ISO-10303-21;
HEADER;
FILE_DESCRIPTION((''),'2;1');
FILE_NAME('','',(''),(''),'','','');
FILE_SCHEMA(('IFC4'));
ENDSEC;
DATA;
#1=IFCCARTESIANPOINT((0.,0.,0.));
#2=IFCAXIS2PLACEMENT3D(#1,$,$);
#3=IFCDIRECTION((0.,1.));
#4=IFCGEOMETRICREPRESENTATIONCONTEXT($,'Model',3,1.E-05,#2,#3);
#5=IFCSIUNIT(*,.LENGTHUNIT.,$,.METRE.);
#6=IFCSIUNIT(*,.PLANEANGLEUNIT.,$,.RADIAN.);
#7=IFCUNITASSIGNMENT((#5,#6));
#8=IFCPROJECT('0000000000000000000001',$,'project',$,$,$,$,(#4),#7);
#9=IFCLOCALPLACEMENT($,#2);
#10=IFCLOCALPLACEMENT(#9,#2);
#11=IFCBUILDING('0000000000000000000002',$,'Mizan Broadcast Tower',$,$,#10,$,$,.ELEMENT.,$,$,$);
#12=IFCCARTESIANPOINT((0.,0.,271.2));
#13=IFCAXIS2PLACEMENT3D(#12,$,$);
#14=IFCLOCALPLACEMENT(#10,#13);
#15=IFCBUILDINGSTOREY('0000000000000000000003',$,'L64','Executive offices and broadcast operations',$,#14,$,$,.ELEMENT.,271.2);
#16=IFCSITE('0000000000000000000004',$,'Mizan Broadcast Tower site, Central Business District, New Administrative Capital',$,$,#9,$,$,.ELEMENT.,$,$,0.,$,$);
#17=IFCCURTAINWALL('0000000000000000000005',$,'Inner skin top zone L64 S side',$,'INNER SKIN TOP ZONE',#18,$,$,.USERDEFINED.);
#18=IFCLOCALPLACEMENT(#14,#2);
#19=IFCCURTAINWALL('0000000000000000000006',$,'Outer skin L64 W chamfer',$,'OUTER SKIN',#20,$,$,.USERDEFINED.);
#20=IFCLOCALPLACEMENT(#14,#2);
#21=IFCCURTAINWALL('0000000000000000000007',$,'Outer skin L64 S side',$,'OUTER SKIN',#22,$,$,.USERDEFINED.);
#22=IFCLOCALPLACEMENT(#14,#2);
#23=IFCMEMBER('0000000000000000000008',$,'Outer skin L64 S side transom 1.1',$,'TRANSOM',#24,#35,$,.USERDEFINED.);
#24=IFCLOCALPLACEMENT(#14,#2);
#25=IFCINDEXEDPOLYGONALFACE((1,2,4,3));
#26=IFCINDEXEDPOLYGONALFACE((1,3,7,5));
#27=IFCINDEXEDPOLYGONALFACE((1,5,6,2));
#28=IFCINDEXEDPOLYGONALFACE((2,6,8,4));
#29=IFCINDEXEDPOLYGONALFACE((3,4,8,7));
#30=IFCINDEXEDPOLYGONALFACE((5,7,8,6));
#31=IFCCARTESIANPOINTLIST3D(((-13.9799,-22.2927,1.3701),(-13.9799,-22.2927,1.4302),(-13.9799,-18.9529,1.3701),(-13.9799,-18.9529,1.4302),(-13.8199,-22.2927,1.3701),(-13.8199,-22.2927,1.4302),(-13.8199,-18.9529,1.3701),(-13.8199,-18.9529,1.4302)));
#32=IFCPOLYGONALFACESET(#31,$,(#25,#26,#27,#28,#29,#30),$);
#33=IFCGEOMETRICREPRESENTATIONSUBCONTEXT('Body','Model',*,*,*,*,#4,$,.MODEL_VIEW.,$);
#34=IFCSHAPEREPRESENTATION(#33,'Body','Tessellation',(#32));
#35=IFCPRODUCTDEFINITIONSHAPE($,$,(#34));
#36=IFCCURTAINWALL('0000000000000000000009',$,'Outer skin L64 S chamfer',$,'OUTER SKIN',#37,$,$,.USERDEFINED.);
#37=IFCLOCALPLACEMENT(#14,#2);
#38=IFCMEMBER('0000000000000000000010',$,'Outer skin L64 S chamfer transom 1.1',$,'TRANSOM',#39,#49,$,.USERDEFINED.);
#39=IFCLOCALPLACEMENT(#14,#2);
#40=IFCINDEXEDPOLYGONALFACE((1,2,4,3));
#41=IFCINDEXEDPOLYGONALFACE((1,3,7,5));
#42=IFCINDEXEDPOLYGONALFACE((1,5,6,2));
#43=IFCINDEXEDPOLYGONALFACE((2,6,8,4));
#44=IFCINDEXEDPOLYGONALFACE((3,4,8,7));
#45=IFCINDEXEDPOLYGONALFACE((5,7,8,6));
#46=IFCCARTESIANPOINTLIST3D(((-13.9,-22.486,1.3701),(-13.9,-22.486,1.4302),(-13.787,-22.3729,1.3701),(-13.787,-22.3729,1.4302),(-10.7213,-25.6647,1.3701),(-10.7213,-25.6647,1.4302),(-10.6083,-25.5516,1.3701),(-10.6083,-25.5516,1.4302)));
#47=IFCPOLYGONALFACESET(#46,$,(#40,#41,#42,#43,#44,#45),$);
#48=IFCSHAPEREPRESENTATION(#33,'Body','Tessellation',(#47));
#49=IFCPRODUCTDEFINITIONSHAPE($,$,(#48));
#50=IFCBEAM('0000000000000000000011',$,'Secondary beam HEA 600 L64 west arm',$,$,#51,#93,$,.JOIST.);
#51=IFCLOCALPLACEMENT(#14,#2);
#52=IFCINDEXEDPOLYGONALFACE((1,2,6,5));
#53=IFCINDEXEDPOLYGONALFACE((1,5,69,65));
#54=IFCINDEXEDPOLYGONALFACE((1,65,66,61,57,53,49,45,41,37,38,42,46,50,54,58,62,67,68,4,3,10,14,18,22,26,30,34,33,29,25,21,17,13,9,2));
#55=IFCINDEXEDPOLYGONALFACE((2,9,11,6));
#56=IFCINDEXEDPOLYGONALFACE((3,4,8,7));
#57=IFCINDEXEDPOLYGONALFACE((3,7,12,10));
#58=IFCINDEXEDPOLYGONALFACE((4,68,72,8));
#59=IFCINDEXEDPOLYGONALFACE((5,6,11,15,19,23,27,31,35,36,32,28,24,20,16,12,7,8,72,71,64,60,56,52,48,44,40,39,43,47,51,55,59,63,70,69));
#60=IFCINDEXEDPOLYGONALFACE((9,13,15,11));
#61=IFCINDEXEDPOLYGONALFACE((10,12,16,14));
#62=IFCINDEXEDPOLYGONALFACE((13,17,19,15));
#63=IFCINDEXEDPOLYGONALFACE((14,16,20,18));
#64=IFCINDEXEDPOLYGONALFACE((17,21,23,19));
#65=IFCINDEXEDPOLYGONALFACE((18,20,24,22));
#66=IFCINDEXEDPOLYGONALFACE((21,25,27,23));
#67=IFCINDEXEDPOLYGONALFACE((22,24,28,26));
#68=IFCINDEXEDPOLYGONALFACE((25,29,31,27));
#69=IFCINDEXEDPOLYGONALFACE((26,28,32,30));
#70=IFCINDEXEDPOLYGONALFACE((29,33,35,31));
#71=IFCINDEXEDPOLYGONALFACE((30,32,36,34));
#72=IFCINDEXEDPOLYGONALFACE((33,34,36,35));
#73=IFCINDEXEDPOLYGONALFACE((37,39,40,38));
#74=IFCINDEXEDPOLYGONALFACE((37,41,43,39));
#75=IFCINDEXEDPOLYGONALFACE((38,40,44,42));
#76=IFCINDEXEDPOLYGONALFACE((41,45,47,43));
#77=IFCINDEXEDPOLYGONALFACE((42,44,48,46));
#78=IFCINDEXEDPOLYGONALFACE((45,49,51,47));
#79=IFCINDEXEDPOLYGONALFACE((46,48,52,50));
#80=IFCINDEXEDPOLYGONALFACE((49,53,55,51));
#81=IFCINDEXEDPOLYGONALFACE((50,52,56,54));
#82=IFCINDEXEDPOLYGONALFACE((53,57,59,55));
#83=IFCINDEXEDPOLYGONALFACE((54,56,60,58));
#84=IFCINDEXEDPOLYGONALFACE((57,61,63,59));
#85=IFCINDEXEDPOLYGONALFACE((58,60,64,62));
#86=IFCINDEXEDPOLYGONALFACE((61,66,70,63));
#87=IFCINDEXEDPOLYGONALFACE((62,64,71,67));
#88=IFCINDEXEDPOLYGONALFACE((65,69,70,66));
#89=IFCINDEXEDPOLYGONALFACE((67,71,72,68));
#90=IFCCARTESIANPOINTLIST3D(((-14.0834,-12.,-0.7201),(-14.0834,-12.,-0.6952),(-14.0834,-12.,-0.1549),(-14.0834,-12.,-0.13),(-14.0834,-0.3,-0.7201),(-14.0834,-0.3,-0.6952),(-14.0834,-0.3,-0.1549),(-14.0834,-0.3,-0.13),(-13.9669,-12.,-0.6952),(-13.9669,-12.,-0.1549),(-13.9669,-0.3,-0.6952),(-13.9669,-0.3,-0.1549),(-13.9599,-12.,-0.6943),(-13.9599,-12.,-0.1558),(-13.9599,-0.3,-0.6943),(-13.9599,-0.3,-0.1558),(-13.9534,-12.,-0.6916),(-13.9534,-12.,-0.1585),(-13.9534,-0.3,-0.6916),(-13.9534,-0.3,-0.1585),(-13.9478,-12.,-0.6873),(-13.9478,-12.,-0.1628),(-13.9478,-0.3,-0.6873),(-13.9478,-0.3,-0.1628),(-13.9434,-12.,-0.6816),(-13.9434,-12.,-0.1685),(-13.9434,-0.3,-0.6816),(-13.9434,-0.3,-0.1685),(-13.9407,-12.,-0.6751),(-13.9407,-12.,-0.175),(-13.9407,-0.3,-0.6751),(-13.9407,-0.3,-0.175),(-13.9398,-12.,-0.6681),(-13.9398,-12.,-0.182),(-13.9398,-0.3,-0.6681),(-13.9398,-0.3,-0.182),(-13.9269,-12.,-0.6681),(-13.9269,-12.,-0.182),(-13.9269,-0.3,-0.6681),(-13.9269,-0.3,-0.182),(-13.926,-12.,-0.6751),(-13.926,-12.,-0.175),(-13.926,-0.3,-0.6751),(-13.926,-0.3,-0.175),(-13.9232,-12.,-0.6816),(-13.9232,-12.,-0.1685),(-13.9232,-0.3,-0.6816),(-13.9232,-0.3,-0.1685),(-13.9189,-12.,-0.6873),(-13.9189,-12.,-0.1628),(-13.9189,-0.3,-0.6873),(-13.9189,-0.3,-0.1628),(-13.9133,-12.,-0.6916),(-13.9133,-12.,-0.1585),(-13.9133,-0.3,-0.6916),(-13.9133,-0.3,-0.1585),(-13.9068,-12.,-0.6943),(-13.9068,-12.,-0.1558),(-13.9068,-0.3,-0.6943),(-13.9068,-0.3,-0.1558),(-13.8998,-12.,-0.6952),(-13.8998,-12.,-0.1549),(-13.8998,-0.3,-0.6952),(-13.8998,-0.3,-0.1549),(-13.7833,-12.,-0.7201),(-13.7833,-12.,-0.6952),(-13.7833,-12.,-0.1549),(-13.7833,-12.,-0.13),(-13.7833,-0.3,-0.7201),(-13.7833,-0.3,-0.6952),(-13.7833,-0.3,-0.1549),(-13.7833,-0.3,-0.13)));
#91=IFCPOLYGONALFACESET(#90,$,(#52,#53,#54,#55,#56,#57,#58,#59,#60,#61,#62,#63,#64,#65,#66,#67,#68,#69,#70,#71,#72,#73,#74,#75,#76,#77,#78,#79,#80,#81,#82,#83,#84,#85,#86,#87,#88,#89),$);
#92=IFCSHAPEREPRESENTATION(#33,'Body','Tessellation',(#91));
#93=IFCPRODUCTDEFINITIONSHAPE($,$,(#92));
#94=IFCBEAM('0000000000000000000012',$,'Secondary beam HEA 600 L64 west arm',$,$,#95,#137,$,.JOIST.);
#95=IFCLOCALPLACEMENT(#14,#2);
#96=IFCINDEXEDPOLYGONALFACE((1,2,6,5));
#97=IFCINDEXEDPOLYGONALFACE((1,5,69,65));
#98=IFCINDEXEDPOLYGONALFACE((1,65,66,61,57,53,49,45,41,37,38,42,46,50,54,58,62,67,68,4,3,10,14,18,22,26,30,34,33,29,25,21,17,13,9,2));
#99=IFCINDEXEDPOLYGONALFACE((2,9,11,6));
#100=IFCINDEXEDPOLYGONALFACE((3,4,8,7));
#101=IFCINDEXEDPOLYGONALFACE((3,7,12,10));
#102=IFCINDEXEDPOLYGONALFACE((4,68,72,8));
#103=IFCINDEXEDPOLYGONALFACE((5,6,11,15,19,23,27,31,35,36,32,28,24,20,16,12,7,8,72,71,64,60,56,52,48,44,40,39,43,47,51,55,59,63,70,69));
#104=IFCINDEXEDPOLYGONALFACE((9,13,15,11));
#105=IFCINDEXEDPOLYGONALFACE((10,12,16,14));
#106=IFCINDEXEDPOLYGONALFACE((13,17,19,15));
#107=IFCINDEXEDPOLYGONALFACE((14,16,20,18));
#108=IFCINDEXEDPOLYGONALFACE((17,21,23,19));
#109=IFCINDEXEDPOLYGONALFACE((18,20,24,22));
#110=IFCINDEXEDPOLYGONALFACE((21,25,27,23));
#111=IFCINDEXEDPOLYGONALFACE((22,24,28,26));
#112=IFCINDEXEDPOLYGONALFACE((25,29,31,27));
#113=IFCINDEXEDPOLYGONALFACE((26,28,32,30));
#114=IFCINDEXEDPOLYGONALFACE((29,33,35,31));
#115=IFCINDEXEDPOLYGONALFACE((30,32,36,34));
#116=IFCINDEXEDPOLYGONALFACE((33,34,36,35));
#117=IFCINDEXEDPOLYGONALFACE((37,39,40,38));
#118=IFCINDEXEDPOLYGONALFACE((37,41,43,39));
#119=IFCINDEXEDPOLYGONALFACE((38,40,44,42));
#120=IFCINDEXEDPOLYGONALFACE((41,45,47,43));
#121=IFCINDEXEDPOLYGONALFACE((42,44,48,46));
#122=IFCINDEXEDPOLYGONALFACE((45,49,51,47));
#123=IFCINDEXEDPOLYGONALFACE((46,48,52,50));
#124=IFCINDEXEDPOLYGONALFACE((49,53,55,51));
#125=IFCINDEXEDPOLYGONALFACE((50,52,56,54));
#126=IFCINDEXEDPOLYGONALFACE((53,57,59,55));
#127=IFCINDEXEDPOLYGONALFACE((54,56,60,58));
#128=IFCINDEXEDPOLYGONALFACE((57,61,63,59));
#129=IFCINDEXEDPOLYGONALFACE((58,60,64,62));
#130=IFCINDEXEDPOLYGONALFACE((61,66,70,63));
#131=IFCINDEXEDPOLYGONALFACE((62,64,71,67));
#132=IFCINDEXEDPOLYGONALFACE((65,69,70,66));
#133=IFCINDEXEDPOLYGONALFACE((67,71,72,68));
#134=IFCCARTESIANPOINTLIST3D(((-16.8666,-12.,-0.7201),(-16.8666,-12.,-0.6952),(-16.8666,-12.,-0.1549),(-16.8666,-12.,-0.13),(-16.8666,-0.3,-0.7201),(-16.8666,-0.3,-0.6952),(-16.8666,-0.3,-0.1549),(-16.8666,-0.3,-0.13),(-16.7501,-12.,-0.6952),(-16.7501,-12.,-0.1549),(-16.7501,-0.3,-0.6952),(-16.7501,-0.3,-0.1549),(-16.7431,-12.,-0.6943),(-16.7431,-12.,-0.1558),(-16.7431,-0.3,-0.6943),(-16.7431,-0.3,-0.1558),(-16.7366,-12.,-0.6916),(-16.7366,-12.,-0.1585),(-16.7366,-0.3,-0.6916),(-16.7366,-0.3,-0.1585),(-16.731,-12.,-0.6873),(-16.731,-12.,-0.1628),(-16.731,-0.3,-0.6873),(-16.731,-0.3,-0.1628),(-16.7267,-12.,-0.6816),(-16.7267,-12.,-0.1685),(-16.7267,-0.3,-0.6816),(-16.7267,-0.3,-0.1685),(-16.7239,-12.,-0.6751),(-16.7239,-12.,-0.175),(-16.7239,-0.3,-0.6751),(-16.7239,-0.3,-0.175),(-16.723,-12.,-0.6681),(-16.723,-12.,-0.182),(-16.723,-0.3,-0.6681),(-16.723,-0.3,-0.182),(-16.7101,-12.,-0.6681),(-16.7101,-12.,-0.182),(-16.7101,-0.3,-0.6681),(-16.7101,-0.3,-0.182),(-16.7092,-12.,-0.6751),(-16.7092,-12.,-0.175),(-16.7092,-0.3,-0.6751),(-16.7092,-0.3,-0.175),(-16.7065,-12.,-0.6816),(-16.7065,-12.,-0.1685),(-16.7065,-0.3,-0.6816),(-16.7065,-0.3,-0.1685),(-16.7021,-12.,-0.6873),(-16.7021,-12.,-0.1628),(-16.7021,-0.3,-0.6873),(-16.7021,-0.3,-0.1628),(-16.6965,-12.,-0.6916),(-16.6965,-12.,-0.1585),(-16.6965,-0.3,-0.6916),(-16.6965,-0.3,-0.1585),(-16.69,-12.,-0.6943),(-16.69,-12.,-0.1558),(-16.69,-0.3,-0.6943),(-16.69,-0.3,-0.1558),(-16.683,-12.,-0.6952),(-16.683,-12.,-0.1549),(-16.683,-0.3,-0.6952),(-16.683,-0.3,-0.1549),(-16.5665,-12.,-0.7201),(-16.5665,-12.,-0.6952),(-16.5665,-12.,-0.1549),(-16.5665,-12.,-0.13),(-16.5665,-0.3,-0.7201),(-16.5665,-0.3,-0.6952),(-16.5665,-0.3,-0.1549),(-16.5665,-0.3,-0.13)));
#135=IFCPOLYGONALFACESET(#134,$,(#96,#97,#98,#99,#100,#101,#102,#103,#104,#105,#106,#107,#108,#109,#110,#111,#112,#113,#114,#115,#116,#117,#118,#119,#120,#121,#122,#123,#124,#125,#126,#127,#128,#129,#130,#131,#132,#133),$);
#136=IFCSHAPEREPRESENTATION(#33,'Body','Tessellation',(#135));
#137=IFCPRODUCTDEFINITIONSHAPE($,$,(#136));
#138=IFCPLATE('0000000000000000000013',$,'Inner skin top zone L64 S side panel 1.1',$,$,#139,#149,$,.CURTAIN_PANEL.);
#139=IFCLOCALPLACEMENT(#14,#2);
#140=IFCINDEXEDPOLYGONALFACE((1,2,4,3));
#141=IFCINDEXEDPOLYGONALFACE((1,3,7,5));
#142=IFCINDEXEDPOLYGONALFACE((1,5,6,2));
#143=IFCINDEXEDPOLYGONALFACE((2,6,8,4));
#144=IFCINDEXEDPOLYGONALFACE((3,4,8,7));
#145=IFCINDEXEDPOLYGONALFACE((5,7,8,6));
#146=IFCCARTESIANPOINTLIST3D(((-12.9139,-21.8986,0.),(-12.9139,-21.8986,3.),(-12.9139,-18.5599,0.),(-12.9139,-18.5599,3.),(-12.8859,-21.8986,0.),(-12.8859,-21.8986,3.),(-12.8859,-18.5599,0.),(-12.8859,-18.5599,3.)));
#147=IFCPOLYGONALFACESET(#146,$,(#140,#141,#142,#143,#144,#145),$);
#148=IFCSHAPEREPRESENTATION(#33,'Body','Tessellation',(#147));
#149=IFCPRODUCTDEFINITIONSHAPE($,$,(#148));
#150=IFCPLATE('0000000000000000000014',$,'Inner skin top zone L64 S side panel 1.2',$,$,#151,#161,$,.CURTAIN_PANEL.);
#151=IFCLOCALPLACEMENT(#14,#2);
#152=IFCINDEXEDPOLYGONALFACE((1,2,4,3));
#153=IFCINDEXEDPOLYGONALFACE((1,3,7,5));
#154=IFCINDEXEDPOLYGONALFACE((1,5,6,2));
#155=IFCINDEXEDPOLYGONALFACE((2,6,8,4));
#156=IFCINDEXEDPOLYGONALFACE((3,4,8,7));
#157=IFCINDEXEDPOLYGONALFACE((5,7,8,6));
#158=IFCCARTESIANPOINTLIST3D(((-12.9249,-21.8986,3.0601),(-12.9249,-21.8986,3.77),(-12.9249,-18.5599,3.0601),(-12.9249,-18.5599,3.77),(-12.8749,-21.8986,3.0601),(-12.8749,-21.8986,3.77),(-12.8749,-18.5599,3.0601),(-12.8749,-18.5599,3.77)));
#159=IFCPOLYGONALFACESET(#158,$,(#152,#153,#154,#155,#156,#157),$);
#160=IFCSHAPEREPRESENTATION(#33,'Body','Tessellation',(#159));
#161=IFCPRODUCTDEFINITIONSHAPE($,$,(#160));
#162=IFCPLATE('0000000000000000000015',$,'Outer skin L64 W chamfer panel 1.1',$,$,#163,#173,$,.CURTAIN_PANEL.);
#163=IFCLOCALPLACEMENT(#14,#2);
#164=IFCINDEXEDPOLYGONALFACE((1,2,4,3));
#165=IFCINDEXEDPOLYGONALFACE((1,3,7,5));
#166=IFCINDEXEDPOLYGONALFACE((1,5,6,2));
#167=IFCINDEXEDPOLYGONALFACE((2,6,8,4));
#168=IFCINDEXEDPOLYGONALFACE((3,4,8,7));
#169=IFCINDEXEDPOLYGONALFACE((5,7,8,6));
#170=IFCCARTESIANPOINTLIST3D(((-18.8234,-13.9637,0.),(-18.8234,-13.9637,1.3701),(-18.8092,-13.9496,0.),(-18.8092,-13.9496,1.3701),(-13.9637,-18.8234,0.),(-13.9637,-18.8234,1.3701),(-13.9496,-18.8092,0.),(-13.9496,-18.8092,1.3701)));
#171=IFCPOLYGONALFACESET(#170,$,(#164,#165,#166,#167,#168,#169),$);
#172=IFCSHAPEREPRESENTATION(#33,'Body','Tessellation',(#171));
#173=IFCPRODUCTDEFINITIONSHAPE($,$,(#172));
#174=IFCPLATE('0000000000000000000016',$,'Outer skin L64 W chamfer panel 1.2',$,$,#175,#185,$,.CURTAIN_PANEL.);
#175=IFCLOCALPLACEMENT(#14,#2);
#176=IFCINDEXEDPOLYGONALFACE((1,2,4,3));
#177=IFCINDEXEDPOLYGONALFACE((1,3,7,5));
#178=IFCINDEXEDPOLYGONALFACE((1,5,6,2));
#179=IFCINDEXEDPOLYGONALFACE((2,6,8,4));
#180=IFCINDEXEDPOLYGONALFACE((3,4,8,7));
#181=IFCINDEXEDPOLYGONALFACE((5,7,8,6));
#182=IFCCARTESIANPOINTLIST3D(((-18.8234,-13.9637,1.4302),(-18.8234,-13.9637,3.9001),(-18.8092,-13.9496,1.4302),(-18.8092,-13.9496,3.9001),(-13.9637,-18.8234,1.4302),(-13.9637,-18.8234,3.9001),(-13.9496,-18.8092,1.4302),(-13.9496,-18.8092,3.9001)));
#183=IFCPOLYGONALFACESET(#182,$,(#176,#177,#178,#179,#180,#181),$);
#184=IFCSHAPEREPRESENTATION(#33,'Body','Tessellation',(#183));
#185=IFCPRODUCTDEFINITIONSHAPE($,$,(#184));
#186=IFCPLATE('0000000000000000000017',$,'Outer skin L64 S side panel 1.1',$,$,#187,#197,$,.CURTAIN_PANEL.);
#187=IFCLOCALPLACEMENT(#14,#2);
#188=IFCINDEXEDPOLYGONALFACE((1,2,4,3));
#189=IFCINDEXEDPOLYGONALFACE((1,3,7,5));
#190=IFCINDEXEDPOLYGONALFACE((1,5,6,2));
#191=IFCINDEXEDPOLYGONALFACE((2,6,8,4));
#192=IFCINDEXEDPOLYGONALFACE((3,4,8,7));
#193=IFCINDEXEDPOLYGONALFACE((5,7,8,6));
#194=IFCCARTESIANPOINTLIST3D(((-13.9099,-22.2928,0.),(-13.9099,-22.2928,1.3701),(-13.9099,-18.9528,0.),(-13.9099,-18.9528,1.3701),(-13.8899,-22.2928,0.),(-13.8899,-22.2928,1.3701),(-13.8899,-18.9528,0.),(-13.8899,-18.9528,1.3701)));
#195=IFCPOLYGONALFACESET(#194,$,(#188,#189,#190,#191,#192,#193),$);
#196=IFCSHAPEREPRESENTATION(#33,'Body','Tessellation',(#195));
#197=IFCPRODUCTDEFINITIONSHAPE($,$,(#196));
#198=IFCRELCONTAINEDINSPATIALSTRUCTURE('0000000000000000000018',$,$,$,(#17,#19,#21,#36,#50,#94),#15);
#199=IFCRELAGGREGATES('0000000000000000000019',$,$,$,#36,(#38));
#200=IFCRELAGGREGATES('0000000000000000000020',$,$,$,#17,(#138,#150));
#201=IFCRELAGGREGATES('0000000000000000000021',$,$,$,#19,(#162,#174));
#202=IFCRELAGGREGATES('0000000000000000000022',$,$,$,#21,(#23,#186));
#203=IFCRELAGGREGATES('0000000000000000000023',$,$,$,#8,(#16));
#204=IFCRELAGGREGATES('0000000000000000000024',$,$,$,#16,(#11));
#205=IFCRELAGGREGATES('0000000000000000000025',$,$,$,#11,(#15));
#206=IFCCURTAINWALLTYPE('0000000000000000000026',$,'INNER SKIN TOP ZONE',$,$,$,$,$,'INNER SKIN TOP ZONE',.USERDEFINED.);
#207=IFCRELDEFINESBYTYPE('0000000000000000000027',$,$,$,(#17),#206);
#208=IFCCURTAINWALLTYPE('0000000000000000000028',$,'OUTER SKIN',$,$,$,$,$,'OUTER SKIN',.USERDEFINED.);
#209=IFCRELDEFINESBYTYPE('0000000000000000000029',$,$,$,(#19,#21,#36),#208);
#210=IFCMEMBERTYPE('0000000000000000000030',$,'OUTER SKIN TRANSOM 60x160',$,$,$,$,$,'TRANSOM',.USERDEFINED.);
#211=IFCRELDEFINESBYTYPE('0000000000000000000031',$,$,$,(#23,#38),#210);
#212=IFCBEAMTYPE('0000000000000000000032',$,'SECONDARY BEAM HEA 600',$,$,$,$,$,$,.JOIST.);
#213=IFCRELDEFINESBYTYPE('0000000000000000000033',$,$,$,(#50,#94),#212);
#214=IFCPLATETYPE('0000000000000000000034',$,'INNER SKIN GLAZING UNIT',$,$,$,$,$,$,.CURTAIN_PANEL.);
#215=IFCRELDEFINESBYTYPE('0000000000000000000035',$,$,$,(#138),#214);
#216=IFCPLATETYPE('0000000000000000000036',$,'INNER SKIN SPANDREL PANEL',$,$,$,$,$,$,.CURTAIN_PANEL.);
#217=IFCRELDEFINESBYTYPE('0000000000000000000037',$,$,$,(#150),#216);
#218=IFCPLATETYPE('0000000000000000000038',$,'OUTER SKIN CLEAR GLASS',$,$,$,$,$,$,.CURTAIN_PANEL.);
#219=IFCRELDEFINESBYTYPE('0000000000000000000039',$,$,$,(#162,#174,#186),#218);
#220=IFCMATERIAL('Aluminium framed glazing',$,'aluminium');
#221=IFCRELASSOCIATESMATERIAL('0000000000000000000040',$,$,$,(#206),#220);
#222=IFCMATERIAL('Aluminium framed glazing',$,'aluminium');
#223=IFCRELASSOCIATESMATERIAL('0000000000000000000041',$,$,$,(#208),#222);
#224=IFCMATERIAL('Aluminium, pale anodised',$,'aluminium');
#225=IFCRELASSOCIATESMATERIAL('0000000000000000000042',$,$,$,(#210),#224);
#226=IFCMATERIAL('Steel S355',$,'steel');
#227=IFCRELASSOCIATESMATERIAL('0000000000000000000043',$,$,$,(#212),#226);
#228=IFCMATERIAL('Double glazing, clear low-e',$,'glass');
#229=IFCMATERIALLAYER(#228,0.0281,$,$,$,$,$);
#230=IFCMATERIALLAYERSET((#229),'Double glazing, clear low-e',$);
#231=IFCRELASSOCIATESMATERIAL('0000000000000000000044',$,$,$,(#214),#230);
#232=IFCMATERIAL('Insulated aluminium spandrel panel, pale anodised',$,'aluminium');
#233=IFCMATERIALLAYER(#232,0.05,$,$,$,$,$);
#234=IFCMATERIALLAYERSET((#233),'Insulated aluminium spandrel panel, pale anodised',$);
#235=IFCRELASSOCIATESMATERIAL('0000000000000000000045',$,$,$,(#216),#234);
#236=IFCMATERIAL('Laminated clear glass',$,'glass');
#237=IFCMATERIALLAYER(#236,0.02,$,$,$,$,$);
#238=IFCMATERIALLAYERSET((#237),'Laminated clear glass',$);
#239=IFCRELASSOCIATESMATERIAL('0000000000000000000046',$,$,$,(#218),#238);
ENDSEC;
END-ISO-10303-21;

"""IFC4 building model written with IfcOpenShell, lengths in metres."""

from ifc_helpers import new_model, si_unit, direction, frame, origin, origin_2d, place, context, subcontext, project, spatial, rectangle, i_section, extrude, material, layer, layer_set, material_profile, profile_set, type_object, element, aggregate, save


model = new_model("IFC4")

# Units and contexts
model_context = context("Model", 3, precision=1e-05, world=origin(), true_north=direction((0.0, 1.0)))
body_context = subcontext(model_context, "Body", "Model", "MODEL_VIEW")
ifc_project = project(units=[si_unit("LENGTHUNIT", "METRE"), si_unit("PLANEANGLEUNIT", "RADIAN")], contexts=[model_context])

# Site, building, storey
site_placement = place(None, origin())
site = spatial("IfcSite", under=ifc_project, at=site_placement, Name="Mizan Broadcast Tower site, Central Business District, New Administrative Capital", CompositionType="ELEMENT", RefElevation=0.0)
building_placement = place(site_placement, origin())
building = spatial("IfcBuilding", under=site, at=building_placement, Name="Mizan Broadcast Tower", CompositionType="ELEMENT")
storey_placement = place(building_placement, frame((0.0, 0.0, 271.2)))
storey = spatial("IfcBuildingStorey", under=building, at=storey_placement, Name="L64", Description="Executive offices and broadcast operations", CompositionType="ELEMENT", Elevation=271.2)

# Shared definitions
ifc_material_1 = material(Name="Aluminium framed glazing", Category="aluminium")
curtain_wall_type_1 = type_object("IfcCurtainWallType", Name="INNER SKIN TOP ZONE", ElementType="INNER SKIN TOP ZONE", PredefinedType="USERDEFINED", material=ifc_material_1)

# Curtain wall
curtain_wall_1_placement = place(storey_placement, origin())
curtain_wall_1 = element("IfcCurtainWall", 1, at=curtain_wall_1_placement, inside=storey, type_object=curtain_wall_type_1, Name="Inner skin top zone L64 S side", ObjectType="INNER SKIN TOP ZONE", PredefinedType="USERDEFINED")

# Curtain walls
ifc_material_2 = material(Name="Aluminium framed glazing", Category="aluminium")
curtain_wall_type_2 = type_object("IfcCurtainWallType", Name="OUTER SKIN", ElementType="OUTER SKIN", PredefinedType="USERDEFINED", material=ifc_material_2)
curtain_wall_2_placement = place(storey_placement, origin())
curtain_wall_2 = element("IfcCurtainWall", 2, at=curtain_wall_2_placement, inside=storey, type_object=curtain_wall_type_2, Name="Outer skin L64 W chamfer", ObjectType="OUTER SKIN", PredefinedType="USERDEFINED")
curtain_wall_3_placement = place(storey_placement, origin())
curtain_wall_3 = element("IfcCurtainWall", 3, at=curtain_wall_3_placement, inside=storey, type_object=curtain_wall_type_2, Name="Outer skin L64 S side", ObjectType="OUTER SKIN", PredefinedType="USERDEFINED")

# Member
ifc_material_3 = material(Name="Aluminium, pale anodised", Category="aluminium")
ifc_material_profile_1 = material_profile(ifc_material_3, rectangle(XDim=0.1599, YDim=0.0601, at=origin_2d()), Name="TRANSOM 160x60")
ifc_profile_set_1 = profile_set([ifc_material_profile_1], Name="Aluminium, pale anodised")
member_type_1 = type_object("IfcMemberType", Name="OUTER SKIN TRANSOM 60x160", ElementType="TRANSOM", PredefinedType="USERDEFINED", material=ifc_profile_set_1)
member_1_placement = place(storey_placement, frame((-13.8999, -18.9529, 1.4001), z_axis=(0.0, -1.0, 0.0), x_axis=(1.0, 0.0, 0.0)))
member_1 = element("IfcMember", 4, at=member_1_placement, type_object=member_type_1, Name="Outer skin L64 S side transom 1.1", ObjectType="TRANSOM", PredefinedType="USERDEFINED", context=body_context, shape_type="SweptSolid", body=[
    extrude(rectangle(XDim=0.1599, YDim=0.0601, at=origin_2d()), origin(), (0.0, 0.0, 1.0), 3.3398),
])

# Curtain wall, member
curtain_wall_4_placement = place(storey_placement, origin())
curtain_wall_4 = element("IfcCurtainWall", 5, at=curtain_wall_4_placement, inside=storey, type_object=curtain_wall_type_2, Name="Outer skin L64 S chamfer", ObjectType="OUTER SKIN", PredefinedType="USERDEFINED")
member_2_placement = place(storey_placement, frame((-13.8435, -22.4294, 1.4001), z_axis=(0.707107, -0.707107, 0.0), x_axis=(0.707107, 0.707107, 0.0)))
member_2 = element("IfcMember", 6, at=member_2_placement, type_object=member_type_1, Name="Outer skin L64 S chamfer transom 1.1", ObjectType="TRANSOM", PredefinedType="USERDEFINED", context=body_context, shape_type="SweptSolid", body=[
    extrude(rectangle(XDim=0.1599, YDim=0.0601, at=origin_2d()), origin(), (0.0, 0.0, 1.0), 4.4954),
])
aggregate(curtain_wall_4, [member_2])

# Beams
ifc_material_4 = material(Name="Steel S355", Category="steel")
ifc_material_profile_2 = material_profile(ifc_material_4, i_section(OverallWidth=0.3, OverallDepth=0.5901, WebThickness=0.0129, FlangeThickness=0.0249, FilletRadius=0.0271, at=origin_2d()), Name="HEA 600")
ifc_profile_set_2 = profile_set([ifc_material_profile_2], Name="Steel S355")
beam_type_1 = type_object("IfcBeamType", Name="SECONDARY BEAM HEA 600", PredefinedType="JOIST", material=ifc_profile_set_2)
for number, where, z_axis, x_axis, name in (
    (7, (-13.9333, -12.0, -0.425), (0.0, 1.0, 0.0), (-1.0, 0.0, 0.0), "Secondary beam HEA 600 L64 west arm"),
    (8, (-16.7166, -12.0, -0.425), (0.0, 1.0, 0.0), (-1.0, 0.0, 0.0), "Secondary beam HEA 600 L64 west arm"),
):
    element("IfcBeam", number, at=place(storey_placement, frame(where, z_axis=z_axis, x_axis=x_axis)), inside=storey, type_object=beam_type_1, Name=name, PredefinedType="JOIST", context=body_context, shape_type="SweptSolid", body=[
        extrude(i_section(OverallWidth=0.3, OverallDepth=0.5901, WebThickness=0.0129, FlangeThickness=0.0249, FilletRadius=0.0271, at=origin_2d()), origin(), (0.0, 0.0, 1.0), 11.7),
    ])

# Plates
ifc_material_5 = material(Name="Double glazing, clear low-e", Category="glass")
ifc_layer_1 = layer(ifc_material_5, 0.0281)
ifc_layer_set_1 = layer_set([ifc_layer_1], Name="Double glazing, clear low-e")
plate_type_1 = type_object("IfcPlateType", Name="INNER SKIN GLAZING UNIT", PredefinedType="CURTAIN_PANEL", material=ifc_layer_set_1)
plate_1_placement = place(storey_placement, frame((-12.8999, -20.2292, 0.0), z_axis=(0.0, 0.0, 1.0), x_axis=(0.0, -1.0, 0.0)))
plate_1 = element("IfcPlate", 9, at=plate_1_placement, type_object=plate_type_1, Name="Inner skin top zone L64 S side panel 1.1", PredefinedType="CURTAIN_PANEL", context=body_context, shape_type="SweptSolid", body=[
    extrude(rectangle(XDim=3.3386, YDim=0.0281, at=origin_2d()), origin(), (0.0, 0.0, 1.0), 3.0),
])
ifc_material_6 = material(Name="Insulated aluminium spandrel panel, pale anodised", Category="aluminium")
ifc_layer_2 = layer(ifc_material_6, 0.05)
ifc_layer_set_2 = layer_set([ifc_layer_2], Name="Insulated aluminium spandrel panel, pale anodised")
plate_type_2 = type_object("IfcPlateType", Name="INNER SKIN SPANDREL PANEL", PredefinedType="CURTAIN_PANEL", material=ifc_layer_set_2)
plate_2_placement = place(storey_placement, frame((-12.8999, -20.2292, 3.0601), z_axis=(0.0, 0.0, 1.0), x_axis=(0.0, -1.0, 0.0)))
plate_2 = element("IfcPlate", 10, at=plate_2_placement, type_object=plate_type_2, Name="Inner skin top zone L64 S side panel 1.2", PredefinedType="CURTAIN_PANEL", context=body_context, shape_type="SweptSolid", body=[
    extrude(rectangle(XDim=3.3386, YDim=0.05, at=origin_2d()), origin(), (0.0, 0.0, 1.0), 0.71),
])
aggregate(curtain_wall_1, [plate_1, plate_2])
ifc_material_7 = material(Name="Laminated clear glass", Category="glass")
ifc_layer_3 = layer(ifc_material_7, 0.02)
ifc_layer_set_3 = layer_set([ifc_layer_3], Name="Laminated clear glass")
plate_type_3 = type_object("IfcPlateType", Name="OUTER SKIN CLEAR GLASS", PredefinedType="CURTAIN_PANEL", material=ifc_layer_set_3)
plate_3_placement = place(storey_placement, frame((-16.3865, -16.3865, 0.0), z_axis=(0.0, 0.0, 1.0), x_axis=(0.707107, -0.707107, 0.0)))
plate_3 = element("IfcPlate", 11, at=plate_3_placement, type_object=plate_type_3, Name="Outer skin L64 W chamfer panel 1.1", PredefinedType="CURTAIN_PANEL", context=body_context, shape_type="SweptSolid", body=[
    extrude(rectangle(XDim=6.8726, YDim=0.02, at=origin_2d()), origin(), (0.0, 0.0, 1.0), 1.3701),
])
plate_4_placement = place(storey_placement, frame((-16.3865, -16.3865, 1.4302), z_axis=(0.0, 0.0, 1.0), x_axis=(0.707107, -0.707107, 0.0)))
plate_4 = element("IfcPlate", 12, at=plate_4_placement, type_object=plate_type_3, Name="Outer skin L64 W chamfer panel 1.2", PredefinedType="CURTAIN_PANEL", context=body_context, shape_type="SweptSolid", body=[
    extrude(rectangle(XDim=6.8726, YDim=0.02, at=origin_2d()), origin(), (0.0, 0.0, 1.0), 2.47),
])
aggregate(curtain_wall_2, [plate_3, plate_4])
plate_5_placement = place(storey_placement, frame((-13.8999, -20.6228, 0.0), z_axis=(0.0, 0.0, 1.0), x_axis=(0.0, -1.0, 0.0)))
plate_5 = element("IfcPlate", 13, at=plate_5_placement, type_object=plate_type_3, Name="Outer skin L64 S side panel 1.1", PredefinedType="CURTAIN_PANEL", context=body_context, shape_type="SweptSolid", body=[
    extrude(rectangle(XDim=3.3401, YDim=0.02, at=origin_2d()), origin(), (0.0, 0.0, 1.0), 1.3701),
])
aggregate(curtain_wall_3, [member_1, plate_5])

save(model, "model.ifc")
